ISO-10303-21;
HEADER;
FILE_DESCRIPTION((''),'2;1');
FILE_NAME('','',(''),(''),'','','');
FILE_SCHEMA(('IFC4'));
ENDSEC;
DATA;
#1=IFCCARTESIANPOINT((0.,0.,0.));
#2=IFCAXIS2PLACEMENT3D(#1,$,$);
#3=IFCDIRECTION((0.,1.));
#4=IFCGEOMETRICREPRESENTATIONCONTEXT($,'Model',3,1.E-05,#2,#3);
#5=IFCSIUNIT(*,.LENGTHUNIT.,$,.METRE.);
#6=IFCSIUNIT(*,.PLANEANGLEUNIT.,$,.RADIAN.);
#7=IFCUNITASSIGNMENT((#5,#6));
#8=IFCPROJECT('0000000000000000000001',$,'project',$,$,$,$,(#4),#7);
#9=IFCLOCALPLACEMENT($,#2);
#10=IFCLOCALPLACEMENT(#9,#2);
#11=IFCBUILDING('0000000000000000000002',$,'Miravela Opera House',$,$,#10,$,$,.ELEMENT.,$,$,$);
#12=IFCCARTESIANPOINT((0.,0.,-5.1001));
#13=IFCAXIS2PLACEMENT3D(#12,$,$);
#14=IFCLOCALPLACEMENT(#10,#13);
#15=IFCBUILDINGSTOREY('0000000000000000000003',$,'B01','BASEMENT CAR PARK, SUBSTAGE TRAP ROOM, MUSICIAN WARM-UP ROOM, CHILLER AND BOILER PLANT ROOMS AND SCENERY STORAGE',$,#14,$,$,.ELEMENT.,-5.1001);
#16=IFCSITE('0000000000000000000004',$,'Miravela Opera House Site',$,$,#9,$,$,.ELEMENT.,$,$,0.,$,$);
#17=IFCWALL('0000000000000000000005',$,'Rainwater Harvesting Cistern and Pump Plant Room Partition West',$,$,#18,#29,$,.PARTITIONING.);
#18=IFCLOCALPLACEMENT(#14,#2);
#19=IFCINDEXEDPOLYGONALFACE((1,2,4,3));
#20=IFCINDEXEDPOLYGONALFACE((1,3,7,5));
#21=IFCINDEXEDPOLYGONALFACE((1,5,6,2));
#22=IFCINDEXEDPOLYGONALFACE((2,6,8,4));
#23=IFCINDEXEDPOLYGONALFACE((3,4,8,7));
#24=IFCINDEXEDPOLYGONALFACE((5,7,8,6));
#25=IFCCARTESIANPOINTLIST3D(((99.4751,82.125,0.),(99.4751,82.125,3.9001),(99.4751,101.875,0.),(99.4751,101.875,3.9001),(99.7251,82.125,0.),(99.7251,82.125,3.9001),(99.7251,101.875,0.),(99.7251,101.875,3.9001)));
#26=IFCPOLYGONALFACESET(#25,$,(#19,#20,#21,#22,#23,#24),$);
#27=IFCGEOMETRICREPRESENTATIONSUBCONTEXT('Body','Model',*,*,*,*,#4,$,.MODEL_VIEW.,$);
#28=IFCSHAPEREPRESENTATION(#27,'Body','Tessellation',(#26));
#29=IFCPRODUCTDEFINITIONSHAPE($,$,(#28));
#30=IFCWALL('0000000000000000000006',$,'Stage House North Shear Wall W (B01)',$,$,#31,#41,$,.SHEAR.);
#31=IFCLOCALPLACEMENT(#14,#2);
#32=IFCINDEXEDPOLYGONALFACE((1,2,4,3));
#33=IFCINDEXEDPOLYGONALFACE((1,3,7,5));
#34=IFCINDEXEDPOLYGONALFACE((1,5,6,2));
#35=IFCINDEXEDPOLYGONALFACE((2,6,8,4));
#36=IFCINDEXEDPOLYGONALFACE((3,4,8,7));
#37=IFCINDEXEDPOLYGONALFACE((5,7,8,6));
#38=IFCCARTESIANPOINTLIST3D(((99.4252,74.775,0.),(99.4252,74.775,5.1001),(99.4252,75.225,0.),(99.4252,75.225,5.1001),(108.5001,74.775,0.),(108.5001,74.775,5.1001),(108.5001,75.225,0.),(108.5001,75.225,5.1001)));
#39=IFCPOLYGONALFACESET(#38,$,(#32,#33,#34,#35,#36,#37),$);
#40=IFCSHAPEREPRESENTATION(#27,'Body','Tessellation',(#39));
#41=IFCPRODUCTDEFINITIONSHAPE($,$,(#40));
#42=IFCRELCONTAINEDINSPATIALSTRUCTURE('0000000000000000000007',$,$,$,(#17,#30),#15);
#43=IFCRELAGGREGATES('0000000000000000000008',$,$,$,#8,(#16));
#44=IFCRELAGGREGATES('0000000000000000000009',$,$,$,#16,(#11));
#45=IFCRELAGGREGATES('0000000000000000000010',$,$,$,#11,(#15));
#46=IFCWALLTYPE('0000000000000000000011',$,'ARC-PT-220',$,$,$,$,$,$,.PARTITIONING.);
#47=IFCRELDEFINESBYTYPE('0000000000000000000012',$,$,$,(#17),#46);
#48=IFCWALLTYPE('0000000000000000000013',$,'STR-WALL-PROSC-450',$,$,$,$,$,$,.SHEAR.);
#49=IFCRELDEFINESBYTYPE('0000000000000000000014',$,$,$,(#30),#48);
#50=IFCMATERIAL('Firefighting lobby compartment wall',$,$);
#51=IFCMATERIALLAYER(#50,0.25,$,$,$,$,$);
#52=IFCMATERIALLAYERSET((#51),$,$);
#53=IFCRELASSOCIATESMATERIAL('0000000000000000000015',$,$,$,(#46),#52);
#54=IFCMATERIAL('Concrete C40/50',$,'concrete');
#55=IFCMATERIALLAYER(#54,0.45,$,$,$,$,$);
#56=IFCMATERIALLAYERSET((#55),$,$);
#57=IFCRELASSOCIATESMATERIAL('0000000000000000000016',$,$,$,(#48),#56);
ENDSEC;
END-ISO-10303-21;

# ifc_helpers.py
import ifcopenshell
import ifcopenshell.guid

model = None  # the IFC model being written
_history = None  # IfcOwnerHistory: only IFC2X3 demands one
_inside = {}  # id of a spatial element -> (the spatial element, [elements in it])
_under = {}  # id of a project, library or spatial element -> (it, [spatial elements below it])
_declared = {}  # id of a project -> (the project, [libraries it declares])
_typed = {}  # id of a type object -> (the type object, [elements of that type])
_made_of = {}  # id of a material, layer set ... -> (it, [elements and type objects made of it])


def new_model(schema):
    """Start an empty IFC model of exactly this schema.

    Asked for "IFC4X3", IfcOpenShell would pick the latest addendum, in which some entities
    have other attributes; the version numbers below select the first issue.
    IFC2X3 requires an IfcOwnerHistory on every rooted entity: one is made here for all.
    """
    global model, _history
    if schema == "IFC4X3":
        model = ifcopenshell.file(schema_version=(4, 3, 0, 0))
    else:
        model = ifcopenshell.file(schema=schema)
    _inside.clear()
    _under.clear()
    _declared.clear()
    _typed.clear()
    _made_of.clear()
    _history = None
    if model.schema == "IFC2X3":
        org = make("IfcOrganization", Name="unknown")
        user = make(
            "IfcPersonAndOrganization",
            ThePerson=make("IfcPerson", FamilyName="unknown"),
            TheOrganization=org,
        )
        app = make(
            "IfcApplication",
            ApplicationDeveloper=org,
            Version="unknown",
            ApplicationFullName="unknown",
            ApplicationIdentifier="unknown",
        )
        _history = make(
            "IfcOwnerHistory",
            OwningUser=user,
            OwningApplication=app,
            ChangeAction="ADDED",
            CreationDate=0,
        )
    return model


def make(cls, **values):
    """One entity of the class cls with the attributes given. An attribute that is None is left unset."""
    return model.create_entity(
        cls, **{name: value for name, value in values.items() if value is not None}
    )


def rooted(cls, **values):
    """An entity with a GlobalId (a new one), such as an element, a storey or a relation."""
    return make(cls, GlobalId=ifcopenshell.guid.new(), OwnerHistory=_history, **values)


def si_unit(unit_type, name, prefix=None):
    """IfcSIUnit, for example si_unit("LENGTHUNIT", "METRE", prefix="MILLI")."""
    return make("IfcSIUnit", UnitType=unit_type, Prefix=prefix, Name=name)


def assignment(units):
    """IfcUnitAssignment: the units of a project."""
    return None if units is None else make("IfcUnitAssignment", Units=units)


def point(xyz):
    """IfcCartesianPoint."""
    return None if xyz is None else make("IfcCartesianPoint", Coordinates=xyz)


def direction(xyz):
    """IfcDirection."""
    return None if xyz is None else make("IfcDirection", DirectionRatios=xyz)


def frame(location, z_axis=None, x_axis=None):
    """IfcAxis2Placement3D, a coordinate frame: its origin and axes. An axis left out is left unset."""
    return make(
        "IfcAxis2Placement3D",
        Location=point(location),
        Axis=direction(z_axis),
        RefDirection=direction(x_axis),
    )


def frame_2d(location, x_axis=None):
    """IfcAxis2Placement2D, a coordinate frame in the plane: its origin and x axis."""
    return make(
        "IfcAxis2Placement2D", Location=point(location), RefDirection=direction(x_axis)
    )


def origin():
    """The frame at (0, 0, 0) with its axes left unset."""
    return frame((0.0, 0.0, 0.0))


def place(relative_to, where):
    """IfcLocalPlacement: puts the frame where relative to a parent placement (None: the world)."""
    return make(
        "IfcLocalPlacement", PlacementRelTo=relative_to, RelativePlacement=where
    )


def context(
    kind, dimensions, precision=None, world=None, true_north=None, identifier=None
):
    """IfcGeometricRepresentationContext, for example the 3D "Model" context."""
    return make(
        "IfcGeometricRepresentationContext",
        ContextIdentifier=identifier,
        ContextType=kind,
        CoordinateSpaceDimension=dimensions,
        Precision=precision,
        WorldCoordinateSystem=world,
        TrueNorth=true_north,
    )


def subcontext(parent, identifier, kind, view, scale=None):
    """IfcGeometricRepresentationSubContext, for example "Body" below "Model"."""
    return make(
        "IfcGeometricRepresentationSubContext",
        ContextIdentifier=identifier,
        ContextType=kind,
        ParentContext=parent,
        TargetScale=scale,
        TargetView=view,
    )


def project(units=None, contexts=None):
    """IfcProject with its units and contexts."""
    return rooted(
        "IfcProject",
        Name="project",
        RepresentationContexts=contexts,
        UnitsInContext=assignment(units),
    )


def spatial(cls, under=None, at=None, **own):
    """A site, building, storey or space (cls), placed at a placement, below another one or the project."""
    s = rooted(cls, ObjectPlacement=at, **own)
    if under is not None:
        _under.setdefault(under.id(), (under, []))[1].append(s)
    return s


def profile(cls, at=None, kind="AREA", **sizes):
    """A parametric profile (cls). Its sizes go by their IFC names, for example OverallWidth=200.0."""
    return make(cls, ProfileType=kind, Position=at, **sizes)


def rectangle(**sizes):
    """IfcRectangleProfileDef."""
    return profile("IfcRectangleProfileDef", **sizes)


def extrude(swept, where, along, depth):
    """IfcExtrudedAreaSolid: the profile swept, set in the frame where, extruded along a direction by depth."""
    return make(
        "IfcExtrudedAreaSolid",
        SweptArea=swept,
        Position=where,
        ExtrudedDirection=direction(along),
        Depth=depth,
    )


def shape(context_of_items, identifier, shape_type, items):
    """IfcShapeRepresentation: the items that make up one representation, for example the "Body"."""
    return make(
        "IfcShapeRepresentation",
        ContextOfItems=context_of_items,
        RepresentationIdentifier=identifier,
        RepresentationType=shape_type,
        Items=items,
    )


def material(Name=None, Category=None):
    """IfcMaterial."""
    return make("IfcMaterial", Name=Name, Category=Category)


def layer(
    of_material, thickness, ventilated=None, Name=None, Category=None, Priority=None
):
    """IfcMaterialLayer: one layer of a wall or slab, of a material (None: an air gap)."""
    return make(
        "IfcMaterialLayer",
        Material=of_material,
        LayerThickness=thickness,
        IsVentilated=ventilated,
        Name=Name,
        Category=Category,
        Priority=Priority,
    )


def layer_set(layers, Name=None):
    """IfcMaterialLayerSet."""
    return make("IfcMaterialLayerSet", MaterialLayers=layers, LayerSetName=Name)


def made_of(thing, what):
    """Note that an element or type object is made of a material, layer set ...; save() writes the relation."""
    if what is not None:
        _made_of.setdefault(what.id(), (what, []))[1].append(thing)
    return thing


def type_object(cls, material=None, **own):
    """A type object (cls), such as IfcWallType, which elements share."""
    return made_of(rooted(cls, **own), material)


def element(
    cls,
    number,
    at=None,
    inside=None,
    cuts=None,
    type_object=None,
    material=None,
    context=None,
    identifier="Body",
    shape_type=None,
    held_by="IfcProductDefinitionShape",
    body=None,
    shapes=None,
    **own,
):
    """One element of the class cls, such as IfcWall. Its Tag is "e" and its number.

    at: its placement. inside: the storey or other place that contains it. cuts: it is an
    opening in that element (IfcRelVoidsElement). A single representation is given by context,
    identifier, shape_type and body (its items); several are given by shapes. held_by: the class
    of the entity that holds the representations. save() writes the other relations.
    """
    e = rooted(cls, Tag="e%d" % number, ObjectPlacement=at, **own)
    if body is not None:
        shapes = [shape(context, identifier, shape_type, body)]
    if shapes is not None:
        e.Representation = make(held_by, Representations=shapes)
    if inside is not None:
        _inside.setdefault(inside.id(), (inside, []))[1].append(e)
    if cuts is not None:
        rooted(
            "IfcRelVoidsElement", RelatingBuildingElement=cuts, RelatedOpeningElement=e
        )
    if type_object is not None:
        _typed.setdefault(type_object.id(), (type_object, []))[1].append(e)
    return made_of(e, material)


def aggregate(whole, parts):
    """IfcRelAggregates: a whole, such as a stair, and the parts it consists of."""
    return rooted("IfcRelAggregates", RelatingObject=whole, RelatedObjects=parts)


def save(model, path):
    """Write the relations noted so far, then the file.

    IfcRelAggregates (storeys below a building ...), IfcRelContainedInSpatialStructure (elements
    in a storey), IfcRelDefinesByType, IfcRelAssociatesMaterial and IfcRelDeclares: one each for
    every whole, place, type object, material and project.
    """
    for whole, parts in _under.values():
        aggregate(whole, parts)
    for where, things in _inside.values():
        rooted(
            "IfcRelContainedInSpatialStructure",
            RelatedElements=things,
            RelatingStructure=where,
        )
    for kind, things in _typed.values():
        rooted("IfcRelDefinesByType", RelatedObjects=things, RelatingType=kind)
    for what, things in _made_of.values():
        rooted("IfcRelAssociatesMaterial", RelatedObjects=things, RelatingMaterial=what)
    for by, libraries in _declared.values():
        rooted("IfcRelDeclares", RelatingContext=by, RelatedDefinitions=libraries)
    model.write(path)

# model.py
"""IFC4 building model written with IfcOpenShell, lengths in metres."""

from ifc_helpers import new_model, si_unit, direction, frame, frame_2d, origin, place, context, subcontext, project, spatial, rectangle, extrude, material, layer, layer_set, type_object, element, save


model = new_model("IFC4")

# Units and contexts
model_context = context("Model", 3, precision=1e-05, world=origin(), true_north=direction((0.0, 1.0)))
body_context = subcontext(model_context, "Body", "Model", "MODEL_VIEW")
ifc_project = project(units=[si_unit("LENGTHUNIT", "METRE"), si_unit("PLANEANGLEUNIT", "RADIAN")], contexts=[model_context])

# Site, building, storey
site_placement = place(None, origin())
site = spatial("IfcSite", under=ifc_project, at=site_placement, Name="Miravela Opera House Site", CompositionType="ELEMENT", RefElevation=0.0)
building_placement = place(site_placement, origin())
building = spatial("IfcBuilding", under=site, at=building_placement, Name="Miravela Opera House", CompositionType="ELEMENT")
storey_placement = place(building_placement, frame((0.0, 0.0, -5.1001)))
storey = spatial("IfcBuildingStorey", under=building, at=storey_placement, Name="B01", Description="BASEMENT CAR PARK, SUBSTAGE TRAP ROOM, MUSICIAN WARM-UP ROOM, CHILLER AND BOILER PLANT ROOMS AND SCENERY STORAGE", CompositionType="ELEMENT", Elevation=-5.1001)

# Shared definitions
ifc_material_1 = material(Name="Concrete C40/50", Category="concrete")

# Shared definitions
ifc_material_2 = material(Name="Firefighting lobby compartment wall")
ifc_layer_1 = layer(ifc_material_2, 0.25)
ifc_layer_set_1 = layer_set([ifc_layer_1])
wall_type_1 = type_object("IfcWallType", Name="ARC-PT-220", PredefinedType="PARTITIONING", material=ifc_layer_set_1)

# Walls
wall_1_placement = place(storey_placement, frame((99.6001, 82.125, 0.0), z_axis=(0.0, 0.0, 1.0), x_axis=(0.0, 1.0, 0.0)))
element("IfcWall", 1, at=wall_1_placement, inside=storey, type_object=wall_type_1, Name="Rainwater Harvesting Cistern and Pump Plant Room Partition West", PredefinedType="PARTITIONING", context=body_context, shape_type="SweptSolid", body=[
    extrude(rectangle(XDim=19.75, YDim=0.25, at=frame_2d((9.875, 0.0))), origin(), (0.0, 0.0, 1.0), 3.9001),
])
ifc_layer_2 = layer(ifc_material_1, 0.45)
ifc_layer_set_2 = layer_set([ifc_layer_2])
wall_type_2 = type_object("IfcWallType", Name="STR-WALL-PROSC-450", PredefinedType="SHEAR", material=ifc_layer_set_2)
wall_2_placement = place(storey_placement, frame((99.425, 75.0, 0.0), z_axis=(0.0, 0.0, 1.0), x_axis=(1.0, 0.0, 0.0)))
element("IfcWall", 2, at=wall_2_placement, inside=storey, type_object=wall_type_2, Name="Stage House North Shear Wall W (B01)", PredefinedType="SHEAR", context=body_context, shape_type="SweptSolid", body=[
    extrude(rectangle(XDim=9.075, YDim=0.45, at=frame_2d((4.5376, 0.0))), origin(), (0.0, 0.0, 1.0), 5.1001),
])

save(model, "model.ifc")
